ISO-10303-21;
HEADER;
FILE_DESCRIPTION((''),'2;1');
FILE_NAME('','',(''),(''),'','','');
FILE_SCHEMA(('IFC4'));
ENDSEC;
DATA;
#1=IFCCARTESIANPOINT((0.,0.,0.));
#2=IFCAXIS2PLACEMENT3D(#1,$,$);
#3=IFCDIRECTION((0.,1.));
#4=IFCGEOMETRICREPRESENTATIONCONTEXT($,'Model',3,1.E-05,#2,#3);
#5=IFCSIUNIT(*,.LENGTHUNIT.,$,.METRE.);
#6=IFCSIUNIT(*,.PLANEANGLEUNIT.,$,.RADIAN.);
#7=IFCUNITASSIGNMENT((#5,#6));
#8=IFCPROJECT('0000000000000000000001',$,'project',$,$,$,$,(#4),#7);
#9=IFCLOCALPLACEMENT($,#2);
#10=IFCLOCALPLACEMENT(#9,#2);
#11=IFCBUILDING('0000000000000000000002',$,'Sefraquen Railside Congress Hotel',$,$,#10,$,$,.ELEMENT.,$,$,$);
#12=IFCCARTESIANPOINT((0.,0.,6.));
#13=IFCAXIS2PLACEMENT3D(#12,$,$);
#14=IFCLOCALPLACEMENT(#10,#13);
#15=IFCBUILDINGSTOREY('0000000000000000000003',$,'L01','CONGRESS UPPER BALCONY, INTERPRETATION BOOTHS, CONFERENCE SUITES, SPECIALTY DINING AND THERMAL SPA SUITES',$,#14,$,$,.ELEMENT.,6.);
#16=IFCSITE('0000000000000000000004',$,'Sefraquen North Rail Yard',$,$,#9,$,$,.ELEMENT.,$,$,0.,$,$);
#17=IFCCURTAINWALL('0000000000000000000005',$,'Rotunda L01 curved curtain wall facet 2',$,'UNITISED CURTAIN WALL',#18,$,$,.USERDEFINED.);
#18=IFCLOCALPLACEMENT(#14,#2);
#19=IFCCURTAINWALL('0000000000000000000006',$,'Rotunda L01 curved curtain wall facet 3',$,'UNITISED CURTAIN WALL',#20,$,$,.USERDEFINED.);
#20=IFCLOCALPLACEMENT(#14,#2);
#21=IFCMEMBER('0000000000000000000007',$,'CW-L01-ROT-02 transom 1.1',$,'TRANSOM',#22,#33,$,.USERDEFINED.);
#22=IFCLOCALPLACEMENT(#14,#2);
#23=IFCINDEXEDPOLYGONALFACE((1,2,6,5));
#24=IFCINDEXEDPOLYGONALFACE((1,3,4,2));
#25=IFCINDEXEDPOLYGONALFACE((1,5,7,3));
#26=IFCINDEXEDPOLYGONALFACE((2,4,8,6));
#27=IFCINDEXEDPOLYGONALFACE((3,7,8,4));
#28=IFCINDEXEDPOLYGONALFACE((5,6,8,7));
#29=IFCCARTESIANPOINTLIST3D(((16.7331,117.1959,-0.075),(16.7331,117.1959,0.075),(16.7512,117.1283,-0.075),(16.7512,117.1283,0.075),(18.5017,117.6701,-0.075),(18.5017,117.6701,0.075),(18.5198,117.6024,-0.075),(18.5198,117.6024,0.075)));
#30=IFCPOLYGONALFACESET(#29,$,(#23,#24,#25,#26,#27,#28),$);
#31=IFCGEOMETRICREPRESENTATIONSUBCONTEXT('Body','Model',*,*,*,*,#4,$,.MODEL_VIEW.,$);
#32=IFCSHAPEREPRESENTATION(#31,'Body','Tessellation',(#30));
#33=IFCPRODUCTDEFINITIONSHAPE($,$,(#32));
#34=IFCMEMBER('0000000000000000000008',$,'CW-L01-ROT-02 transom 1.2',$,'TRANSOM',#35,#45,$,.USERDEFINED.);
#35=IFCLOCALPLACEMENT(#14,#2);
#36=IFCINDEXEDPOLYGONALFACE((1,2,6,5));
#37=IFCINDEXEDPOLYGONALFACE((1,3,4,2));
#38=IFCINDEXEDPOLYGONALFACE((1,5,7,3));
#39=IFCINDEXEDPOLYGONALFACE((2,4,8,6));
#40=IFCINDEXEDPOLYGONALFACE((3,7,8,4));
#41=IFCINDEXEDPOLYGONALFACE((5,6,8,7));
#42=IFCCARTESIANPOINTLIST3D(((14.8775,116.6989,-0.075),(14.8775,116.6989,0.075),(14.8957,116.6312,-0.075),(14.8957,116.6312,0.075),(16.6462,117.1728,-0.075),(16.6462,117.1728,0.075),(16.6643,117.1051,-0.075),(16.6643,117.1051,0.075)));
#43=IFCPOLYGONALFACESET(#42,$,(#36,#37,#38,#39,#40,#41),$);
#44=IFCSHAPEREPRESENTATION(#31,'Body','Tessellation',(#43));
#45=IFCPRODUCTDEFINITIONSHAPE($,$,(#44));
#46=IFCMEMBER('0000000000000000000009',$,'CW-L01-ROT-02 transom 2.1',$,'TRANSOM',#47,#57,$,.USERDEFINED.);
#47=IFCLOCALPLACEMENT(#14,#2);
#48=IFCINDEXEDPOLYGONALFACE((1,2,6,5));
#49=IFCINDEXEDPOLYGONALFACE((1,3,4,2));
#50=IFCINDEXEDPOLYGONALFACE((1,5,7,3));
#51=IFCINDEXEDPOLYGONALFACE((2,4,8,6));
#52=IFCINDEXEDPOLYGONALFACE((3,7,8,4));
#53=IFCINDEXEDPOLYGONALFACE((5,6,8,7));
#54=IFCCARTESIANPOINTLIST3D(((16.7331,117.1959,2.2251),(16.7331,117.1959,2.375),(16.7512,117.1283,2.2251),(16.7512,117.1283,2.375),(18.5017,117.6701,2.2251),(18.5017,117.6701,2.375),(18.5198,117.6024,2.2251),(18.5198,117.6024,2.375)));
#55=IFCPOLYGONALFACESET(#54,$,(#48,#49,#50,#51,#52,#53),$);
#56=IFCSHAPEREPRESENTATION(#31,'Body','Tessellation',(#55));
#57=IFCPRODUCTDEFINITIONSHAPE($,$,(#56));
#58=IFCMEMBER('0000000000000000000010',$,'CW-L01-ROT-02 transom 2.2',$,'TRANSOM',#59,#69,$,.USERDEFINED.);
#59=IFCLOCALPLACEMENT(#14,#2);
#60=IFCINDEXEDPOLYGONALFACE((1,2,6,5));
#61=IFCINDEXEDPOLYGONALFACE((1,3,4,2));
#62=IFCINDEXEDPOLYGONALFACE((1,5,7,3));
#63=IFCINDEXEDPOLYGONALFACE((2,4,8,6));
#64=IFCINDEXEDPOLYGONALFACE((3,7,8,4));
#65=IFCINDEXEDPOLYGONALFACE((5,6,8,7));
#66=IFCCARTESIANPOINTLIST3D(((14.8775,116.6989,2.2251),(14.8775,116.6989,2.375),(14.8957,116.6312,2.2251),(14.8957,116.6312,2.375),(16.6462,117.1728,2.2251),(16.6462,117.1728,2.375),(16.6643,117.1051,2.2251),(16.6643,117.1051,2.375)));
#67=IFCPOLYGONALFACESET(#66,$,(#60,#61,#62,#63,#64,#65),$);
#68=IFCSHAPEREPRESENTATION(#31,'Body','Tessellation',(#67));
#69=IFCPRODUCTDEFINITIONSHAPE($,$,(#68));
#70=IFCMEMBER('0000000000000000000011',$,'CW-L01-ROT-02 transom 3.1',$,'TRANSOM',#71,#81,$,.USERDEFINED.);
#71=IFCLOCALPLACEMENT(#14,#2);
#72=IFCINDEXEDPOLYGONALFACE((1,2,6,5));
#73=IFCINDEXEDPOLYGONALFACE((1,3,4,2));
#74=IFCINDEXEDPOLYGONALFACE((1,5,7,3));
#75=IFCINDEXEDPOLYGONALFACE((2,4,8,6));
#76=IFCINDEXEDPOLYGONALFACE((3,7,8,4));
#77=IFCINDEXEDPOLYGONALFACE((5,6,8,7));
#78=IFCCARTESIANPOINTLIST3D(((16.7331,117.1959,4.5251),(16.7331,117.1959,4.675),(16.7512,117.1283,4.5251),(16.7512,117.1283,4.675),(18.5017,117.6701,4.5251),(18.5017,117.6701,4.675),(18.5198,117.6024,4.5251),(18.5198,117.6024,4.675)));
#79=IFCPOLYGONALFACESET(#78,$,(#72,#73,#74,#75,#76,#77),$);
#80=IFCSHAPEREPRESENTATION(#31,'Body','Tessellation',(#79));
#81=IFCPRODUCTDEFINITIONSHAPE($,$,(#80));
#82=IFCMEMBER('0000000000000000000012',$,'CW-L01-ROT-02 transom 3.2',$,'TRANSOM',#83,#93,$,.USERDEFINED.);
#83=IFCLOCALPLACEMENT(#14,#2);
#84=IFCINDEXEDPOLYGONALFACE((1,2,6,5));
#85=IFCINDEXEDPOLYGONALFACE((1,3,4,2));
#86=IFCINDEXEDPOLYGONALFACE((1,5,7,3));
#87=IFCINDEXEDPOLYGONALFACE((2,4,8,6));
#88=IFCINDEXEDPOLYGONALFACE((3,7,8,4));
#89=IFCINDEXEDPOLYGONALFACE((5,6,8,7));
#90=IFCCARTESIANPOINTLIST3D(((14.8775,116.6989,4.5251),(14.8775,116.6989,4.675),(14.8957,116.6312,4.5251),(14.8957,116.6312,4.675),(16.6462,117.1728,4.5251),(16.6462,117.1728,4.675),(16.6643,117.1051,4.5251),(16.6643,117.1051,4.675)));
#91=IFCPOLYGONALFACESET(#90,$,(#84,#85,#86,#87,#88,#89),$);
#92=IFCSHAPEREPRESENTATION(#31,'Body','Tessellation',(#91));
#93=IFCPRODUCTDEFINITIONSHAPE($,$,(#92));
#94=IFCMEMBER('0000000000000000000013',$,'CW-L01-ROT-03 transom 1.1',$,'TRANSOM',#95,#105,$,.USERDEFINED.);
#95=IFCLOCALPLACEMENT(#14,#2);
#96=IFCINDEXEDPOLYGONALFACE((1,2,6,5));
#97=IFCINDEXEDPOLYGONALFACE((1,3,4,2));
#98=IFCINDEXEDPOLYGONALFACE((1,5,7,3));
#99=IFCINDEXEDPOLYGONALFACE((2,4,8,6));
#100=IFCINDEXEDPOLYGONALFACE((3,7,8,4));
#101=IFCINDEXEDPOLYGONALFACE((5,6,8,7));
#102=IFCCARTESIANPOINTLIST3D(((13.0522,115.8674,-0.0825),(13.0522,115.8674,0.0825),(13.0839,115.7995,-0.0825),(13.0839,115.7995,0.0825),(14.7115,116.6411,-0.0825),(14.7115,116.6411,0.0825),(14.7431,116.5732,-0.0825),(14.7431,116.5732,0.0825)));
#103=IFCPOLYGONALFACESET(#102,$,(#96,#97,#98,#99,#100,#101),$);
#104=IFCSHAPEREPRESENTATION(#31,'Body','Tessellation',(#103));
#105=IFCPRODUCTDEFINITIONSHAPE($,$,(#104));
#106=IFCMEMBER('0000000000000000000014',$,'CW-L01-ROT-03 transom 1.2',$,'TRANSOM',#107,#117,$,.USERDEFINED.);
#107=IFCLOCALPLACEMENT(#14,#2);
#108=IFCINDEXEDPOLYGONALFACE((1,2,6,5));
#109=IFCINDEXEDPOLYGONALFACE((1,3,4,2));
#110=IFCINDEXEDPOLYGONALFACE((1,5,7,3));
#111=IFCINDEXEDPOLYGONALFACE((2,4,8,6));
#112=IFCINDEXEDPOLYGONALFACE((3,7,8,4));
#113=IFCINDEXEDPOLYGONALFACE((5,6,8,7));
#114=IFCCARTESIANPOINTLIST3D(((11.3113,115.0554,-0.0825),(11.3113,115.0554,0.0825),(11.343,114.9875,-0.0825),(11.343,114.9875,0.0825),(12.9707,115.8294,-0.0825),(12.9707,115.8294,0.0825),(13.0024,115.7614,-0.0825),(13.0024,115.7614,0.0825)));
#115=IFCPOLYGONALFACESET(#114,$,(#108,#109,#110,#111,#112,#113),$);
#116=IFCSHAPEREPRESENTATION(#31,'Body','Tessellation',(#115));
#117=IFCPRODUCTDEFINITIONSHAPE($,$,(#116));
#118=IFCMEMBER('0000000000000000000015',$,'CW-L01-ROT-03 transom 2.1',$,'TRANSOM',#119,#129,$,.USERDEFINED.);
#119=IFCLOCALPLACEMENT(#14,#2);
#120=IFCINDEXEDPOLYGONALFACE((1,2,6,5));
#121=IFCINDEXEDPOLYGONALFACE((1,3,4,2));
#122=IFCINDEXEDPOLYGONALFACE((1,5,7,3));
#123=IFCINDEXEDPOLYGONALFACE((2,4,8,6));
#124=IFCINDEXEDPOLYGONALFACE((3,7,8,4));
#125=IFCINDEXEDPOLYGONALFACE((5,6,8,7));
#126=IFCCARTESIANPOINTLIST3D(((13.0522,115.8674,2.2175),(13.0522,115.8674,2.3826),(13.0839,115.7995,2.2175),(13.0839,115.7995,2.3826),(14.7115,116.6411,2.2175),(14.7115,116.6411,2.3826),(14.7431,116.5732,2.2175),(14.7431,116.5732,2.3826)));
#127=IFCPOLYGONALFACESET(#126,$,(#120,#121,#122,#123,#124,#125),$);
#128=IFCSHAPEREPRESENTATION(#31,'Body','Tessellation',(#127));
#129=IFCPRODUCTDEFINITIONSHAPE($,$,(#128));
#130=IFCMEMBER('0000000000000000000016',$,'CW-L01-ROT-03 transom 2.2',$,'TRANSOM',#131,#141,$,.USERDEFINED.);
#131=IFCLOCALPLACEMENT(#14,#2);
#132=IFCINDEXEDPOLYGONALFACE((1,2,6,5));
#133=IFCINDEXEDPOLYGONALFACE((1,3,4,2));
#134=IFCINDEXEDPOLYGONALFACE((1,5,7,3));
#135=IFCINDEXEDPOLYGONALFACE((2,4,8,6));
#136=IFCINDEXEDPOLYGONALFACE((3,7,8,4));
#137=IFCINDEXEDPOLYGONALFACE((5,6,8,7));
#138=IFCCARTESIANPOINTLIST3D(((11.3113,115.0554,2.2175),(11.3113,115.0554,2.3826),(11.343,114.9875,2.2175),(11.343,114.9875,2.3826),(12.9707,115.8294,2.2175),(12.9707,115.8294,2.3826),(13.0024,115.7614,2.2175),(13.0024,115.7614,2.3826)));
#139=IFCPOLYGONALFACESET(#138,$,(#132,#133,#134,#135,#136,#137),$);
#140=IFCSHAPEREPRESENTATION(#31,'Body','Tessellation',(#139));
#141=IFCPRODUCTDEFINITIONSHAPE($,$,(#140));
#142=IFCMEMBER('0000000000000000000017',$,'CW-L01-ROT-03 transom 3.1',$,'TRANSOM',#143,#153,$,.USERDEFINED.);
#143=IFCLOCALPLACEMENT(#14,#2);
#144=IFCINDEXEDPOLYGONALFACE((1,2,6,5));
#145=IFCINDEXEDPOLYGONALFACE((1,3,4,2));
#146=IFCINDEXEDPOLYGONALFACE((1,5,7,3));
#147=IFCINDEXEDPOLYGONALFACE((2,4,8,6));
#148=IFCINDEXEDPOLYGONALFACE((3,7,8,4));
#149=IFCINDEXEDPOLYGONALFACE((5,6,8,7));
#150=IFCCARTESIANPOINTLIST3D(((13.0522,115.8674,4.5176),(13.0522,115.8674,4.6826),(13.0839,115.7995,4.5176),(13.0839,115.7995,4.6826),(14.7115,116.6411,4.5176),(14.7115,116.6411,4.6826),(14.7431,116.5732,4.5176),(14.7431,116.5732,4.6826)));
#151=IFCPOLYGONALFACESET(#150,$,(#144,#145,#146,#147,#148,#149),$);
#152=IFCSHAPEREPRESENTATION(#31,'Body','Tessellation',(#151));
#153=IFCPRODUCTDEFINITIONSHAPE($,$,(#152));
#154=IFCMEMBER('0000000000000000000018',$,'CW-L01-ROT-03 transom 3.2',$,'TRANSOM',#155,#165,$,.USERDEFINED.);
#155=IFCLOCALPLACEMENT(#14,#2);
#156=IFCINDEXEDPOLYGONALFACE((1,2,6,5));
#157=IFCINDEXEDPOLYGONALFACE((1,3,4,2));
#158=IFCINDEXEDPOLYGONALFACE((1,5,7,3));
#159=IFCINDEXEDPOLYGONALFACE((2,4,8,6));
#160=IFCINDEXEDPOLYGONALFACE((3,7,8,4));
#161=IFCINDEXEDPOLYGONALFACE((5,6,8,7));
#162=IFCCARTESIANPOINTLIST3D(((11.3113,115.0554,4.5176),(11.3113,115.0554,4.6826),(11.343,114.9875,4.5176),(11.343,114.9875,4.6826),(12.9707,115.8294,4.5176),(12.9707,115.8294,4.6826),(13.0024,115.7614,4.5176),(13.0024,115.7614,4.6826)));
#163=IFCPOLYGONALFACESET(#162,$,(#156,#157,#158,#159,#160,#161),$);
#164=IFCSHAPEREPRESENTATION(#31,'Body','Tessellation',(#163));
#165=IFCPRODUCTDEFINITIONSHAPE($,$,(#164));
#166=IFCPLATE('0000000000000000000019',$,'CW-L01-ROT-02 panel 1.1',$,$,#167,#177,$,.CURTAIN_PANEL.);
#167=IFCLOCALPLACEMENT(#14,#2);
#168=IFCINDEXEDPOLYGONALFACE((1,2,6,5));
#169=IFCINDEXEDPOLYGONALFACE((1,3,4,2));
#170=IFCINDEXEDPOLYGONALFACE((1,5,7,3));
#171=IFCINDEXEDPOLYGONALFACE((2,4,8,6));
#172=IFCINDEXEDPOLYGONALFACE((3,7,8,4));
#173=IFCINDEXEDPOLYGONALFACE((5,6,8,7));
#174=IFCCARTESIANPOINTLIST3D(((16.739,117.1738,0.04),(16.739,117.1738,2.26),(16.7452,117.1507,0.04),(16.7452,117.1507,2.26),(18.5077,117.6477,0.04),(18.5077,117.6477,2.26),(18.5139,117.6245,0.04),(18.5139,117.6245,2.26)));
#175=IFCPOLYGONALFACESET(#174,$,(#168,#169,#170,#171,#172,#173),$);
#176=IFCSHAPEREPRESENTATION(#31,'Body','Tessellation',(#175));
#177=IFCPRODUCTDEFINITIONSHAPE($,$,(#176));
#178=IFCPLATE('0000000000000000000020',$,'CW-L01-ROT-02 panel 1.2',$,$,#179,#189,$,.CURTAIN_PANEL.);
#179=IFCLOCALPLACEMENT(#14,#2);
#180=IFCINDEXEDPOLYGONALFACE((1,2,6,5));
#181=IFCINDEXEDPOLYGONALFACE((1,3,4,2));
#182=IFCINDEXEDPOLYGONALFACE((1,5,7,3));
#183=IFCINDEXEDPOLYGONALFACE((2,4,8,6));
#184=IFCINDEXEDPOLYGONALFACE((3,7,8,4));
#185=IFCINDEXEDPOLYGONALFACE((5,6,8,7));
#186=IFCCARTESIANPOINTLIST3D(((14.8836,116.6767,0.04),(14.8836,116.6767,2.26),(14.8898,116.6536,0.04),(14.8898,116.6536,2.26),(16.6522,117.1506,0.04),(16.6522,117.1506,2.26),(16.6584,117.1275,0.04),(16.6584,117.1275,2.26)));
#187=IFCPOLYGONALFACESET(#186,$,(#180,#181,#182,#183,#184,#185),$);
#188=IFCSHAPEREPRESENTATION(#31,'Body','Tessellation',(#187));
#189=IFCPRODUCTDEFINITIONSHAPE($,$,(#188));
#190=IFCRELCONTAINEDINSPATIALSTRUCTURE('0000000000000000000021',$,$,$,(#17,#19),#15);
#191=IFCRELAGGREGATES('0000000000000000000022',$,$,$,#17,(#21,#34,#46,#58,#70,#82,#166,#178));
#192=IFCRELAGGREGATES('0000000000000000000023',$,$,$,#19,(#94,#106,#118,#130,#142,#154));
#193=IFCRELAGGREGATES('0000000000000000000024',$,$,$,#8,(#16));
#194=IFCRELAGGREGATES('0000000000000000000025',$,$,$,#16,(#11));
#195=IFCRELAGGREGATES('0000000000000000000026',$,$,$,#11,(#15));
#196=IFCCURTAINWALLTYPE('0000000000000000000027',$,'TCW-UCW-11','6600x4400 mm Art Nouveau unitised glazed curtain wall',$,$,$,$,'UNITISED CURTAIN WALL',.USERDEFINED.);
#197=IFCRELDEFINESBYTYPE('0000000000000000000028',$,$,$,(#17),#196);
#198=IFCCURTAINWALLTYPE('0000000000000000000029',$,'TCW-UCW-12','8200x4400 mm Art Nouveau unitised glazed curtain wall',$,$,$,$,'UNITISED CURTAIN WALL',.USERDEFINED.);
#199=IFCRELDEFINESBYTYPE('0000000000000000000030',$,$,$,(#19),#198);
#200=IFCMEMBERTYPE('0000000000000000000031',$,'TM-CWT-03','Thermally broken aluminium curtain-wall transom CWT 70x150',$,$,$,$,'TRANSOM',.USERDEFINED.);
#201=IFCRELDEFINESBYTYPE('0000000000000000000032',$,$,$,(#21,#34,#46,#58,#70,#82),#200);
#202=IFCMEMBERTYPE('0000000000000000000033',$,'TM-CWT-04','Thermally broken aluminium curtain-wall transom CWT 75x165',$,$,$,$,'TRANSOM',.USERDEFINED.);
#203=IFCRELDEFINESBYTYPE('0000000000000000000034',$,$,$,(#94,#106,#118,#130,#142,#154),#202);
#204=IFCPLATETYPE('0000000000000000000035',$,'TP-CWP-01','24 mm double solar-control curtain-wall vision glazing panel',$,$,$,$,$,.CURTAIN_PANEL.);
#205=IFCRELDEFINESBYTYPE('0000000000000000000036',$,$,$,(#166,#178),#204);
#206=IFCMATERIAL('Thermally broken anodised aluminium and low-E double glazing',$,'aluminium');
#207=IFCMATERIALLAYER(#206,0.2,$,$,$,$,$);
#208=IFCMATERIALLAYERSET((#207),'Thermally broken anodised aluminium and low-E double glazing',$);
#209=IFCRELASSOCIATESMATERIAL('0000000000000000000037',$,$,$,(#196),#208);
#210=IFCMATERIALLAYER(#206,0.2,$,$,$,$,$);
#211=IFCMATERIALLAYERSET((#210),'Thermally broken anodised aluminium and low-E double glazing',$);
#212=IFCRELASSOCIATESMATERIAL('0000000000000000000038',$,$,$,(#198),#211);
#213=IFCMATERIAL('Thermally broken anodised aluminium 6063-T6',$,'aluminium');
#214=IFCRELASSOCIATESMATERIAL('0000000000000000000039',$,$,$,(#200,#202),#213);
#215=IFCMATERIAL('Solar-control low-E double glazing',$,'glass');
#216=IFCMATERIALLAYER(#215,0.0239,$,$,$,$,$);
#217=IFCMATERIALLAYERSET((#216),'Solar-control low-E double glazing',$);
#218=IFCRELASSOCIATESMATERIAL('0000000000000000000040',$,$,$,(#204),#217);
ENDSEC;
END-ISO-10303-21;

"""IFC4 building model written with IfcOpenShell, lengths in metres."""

from ifc_helpers import new_model, si_unit, direction, frame, origin, origin_2d, place, context, subcontext, project, spatial, rectangle, extrude, material, layer, layer_set, material_profile, profile_set, type_object, element, aggregate, save


model = new_model("IFC4")

# Units and contexts
model_context = context("Model", 3, precision=1e-05, world=origin(), true_north=direction((0.0, 1.0)))
body_context = subcontext(model_context, "Body", "Model", "MODEL_VIEW")
ifc_project = project(units=[si_unit("LENGTHUNIT", "METRE"), si_unit("PLANEANGLEUNIT", "RADIAN")], contexts=[model_context])

# Site, building, storey
site_placement = place(None, origin())
site = spatial("IfcSite", under=ifc_project, at=site_placement, Name="Sefraquen North Rail Yard", CompositionType="ELEMENT", RefElevation=0.0)
building_placement = place(site_placement, origin())
building = spatial("IfcBuilding", under=site, at=building_placement, Name="Sefraquen Railside Congress Hotel", CompositionType="ELEMENT")
storey_placement = place(building_placement, frame((0.0, 0.0, 6.0)))
storey = spatial("IfcBuildingStorey", under=building, at=storey_placement, Name="L01", Description="CONGRESS UPPER BALCONY, INTERPRETATION BOOTHS, CONFERENCE SUITES, SPECIALTY DINING AND THERMAL SPA SUITES", CompositionType="ELEMENT", Elevation=6.0)

# Curtain walls
ifc_material_1 = material(Name="Thermally broken anodised aluminium and low-E double glazing", Category="aluminium")
ifc_layer_1 = layer(ifc_material_1, 0.2)
ifc_layer_set_1 = layer_set([ifc_layer_1], Name="Thermally broken anodised aluminium and low-E double glazing")
curtain_wall_type_1 = type_object("IfcCurtainWallType", Name="TCW-UCW-11", Description="6600x4400 mm Art Nouveau unitised glazed curtain wall", ElementType="UNITISED CURTAIN WALL", PredefinedType="USERDEFINED", material=ifc_layer_set_1)
curtain_wall_1_placement = place(storey_placement, origin())
curtain_wall_1 = element("IfcCurtainWall", 1, at=curtain_wall_1_placement, inside=storey, type_object=curtain_wall_type_1, Name="Rotunda L01 curved curtain wall facet 2", ObjectType="UNITISED CURTAIN WALL", PredefinedType="USERDEFINED")
ifc_material_2 = material(Name="Thermally broken anodised aluminium 6063-T6", Category="aluminium")
ifc_layer_2 = layer(ifc_material_1, 0.2)
ifc_layer_set_2 = layer_set([ifc_layer_2], Name="Thermally broken anodised aluminium and low-E double glazing")
curtain_wall_type_2 = type_object("IfcCurtainWallType", Name="TCW-UCW-12", Description="8200x4400 mm Art Nouveau unitised glazed curtain wall", ElementType="UNITISED CURTAIN WALL", PredefinedType="USERDEFINED", material=ifc_layer_set_2)
curtain_wall_2_placement = place(storey_placement, origin())
curtain_wall_2 = element("IfcCurtainWall", 2, at=curtain_wall_2_placement, inside=storey, type_object=curtain_wall_type_2, Name="Rotunda L01 curved curtain wall facet 3", ObjectType="UNITISED CURTAIN WALL", PredefinedType="USERDEFINED")

# Members
ifc_material_profile_1 = material_profile(ifc_material_2, rectangle(XDim=0.0701, YDim=0.1499, at=origin_2d()), Name="CWT 70x150")
ifc_profile_set_1 = profile_set([ifc_material_profile_1], Name="Thermally broken anodised aluminium 6063-T6")
member_type_1 = type_object("IfcMemberType", Name="TM-CWT-03", Description="Thermally broken aluminium curtain-wall transom CWT 70x150", ElementType="TRANSOM", PredefinedType="USERDEFINED", material=ifc_profile_set_1)
member_1_placement = place(storey_placement, frame((18.5107, 117.6362, 0.0), z_axis=(-0.965893, -0.25894, 0.0), x_axis=(0.25894, -0.965893, 0.0)))
member_1 = element("IfcMember", 3, at=member_1_placement, type_object=member_type_1, Name="CW-L01-ROT-02 transom 1.1", ObjectType="TRANSOM", PredefinedType="USERDEFINED", context=body_context, shape_type="SweptSolid", body=[
    extrude(rectangle(XDim=0.0701, YDim=0.1499, at=origin_2d()), origin(), (0.0, 0.0, 1.0), 1.8311),
])
member_2_placement = place(storey_placement, frame((16.6553, 117.1389, 0.0), z_axis=(-0.965927, -0.258816, 0.0), x_axis=(0.258816, -0.965927, 0.0)))
member_2 = element("IfcMember", 4, at=member_2_placement, type_object=member_type_1, Name="CW-L01-ROT-02 transom 1.2", ObjectType="TRANSOM", PredefinedType="USERDEFINED", context=body_context, shape_type="SweptSolid", body=[
    extrude(rectangle(XDim=0.0701, YDim=0.1499, at=origin_2d()), origin(), (0.0, 0.0, 1.0), 1.8311),
])
member_3_placement = place(storey_placement, frame((18.5107, 117.6362, 2.3), z_axis=(-0.965893, -0.25894, 0.0), x_axis=(0.25894, -0.965893, 0.0)))
member_3 = element("IfcMember", 5, at=member_3_placement, type_object=member_type_1, Name="CW-L01-ROT-02 transom 2.1", ObjectType="TRANSOM", PredefinedType="USERDEFINED", context=body_context, shape_type="SweptSolid", body=[
    extrude(rectangle(XDim=0.0701, YDim=0.1499, at=origin_2d()), origin(), (0.0, 0.0, 1.0), 1.8311),
])
member_4_placement = place(storey_placement, frame((16.6553, 117.1389, 2.3), z_axis=(-0.965927, -0.258816, 0.0), x_axis=(0.258816, -0.965927, 0.0)))
member_4 = element("IfcMember", 6, at=member_4_placement, type_object=member_type_1, Name="CW-L01-ROT-02 transom 2.2", ObjectType="TRANSOM", PredefinedType="USERDEFINED", context=body_context, shape_type="SweptSolid", body=[
    extrude(rectangle(XDim=0.0701, YDim=0.1499, at=origin_2d()), origin(), (0.0, 0.0, 1.0), 1.8311),
])
member_5_placement = place(storey_placement, frame((18.5107, 117.6362, 4.6001), z_axis=(-0.965893, -0.25894, 0.0), x_axis=(0.25894, -0.965893, 0.0)))
member_5 = element("IfcMember", 7, at=member_5_placement, type_object=member_type_1, Name="CW-L01-ROT-02 transom 3.1", ObjectType="TRANSOM", PredefinedType="USERDEFINED", context=body_context, shape_type="SweptSolid", body=[
    extrude(rectangle(XDim=0.0701, YDim=0.1499, at=origin_2d()), origin(), (0.0, 0.0, 1.0), 1.8311),
])
member_6_placement = place(storey_placement, frame((16.6553, 117.1389, 4.6001), z_axis=(-0.965927, -0.258816, 0.0), x_axis=(0.258816, -0.965927, 0.0)))
member_6 = element("IfcMember", 8, at=member_6_placement, type_object=member_type_1, Name="CW-L01-ROT-02 transom 3.2", ObjectType="TRANSOM", PredefinedType="USERDEFINED", context=body_context, shape_type="SweptSolid", body=[
    extrude(rectangle(XDim=0.0701, YDim=0.1499, at=origin_2d()), origin(), (0.0, 0.0, 1.0), 1.8311),
])
ifc_material_profile_2 = material_profile(ifc_material_2, rectangle(XDim=0.075, YDim=0.165, at=origin_2d()), Name="CWT 75x165")
ifc_profile_set_2 = profile_set([ifc_material_profile_2], Name="Thermally broken anodised aluminium 6063-T6")
member_type_2 = type_object("IfcMemberType", Name="TM-CWT-04", Description="Thermally broken aluminium curtain-wall transom CWT 75x165", ElementType="TRANSOM", PredefinedType="USERDEFINED", material=ifc_profile_set_2)
member_7_placement = place(storey_placement, frame((14.7273, 116.6072, 0.0), z_axis=(-0.906309, -0.422615, 0.0), x_axis=(0.422615, -0.906309, 0.0)))
member_7 = element("IfcMember", 9, at=member_7_placement, type_object=member_type_2, Name="CW-L01-ROT-03 transom 1.1", ObjectType="TRANSOM", PredefinedType="USERDEFINED", context=body_context, shape_type="SweptSolid", body=[
    extrude(rectangle(XDim=0.075, YDim=0.165, at=origin_2d()), origin(), (0.0, 0.0, 1.0), 1.8308),
])
member_8_placement = place(storey_placement, frame((12.9866, 115.7954, 0.0), z_axis=(-0.906282, -0.422674, 0.0), x_axis=(0.422674, -0.906282, 0.0)))
member_8 = element("IfcMember", 10, at=member_8_placement, type_object=member_type_2, Name="CW-L01-ROT-03 transom 1.2", ObjectType="TRANSOM", PredefinedType="USERDEFINED", context=body_context, shape_type="SweptSolid", body=[
    extrude(rectangle(XDim=0.075, YDim=0.165, at=origin_2d()), origin(), (0.0, 0.0, 1.0), 1.8311),
])
member_9_placement = place(storey_placement, frame((14.7273, 116.6072, 2.3), z_axis=(-0.906309, -0.422615, 0.0), x_axis=(0.422615, -0.906309, 0.0)))
member_9 = element("IfcMember", 11, at=member_9_placement, type_object=member_type_2, Name="CW-L01-ROT-03 transom 2.1", ObjectType="TRANSOM", PredefinedType="USERDEFINED", context=body_context, shape_type="SweptSolid", body=[
    extrude(rectangle(XDim=0.075, YDim=0.165, at=origin_2d()), origin(), (0.0, 0.0, 1.0), 1.8308),
])
member_10_placement = place(storey_placement, frame((12.9866, 115.7954, 2.3), z_axis=(-0.906282, -0.422674, 0.0), x_axis=(0.422674, -0.906282, 0.0)))
member_10 = element("IfcMember", 12, at=member_10_placement, type_object=member_type_2, Name="CW-L01-ROT-03 transom 2.2", ObjectType="TRANSOM", PredefinedType="USERDEFINED", context=body_context, shape_type="SweptSolid", body=[
    extrude(rectangle(XDim=0.075, YDim=0.165, at=origin_2d()), origin(), (0.0, 0.0, 1.0), 1.8311),
])
member_11_placement = place(storey_placement, frame((14.7273, 116.6072, 4.6001), z_axis=(-0.906309, -0.422615, 0.0), x_axis=(0.422615, -0.906309, 0.0)))
member_11 = element("IfcMember", 13, at=member_11_placement, type_object=member_type_2, Name="CW-L01-ROT-03 transom 3.1", ObjectType="TRANSOM", PredefinedType="USERDEFINED", context=body_context, shape_type="SweptSolid", body=[
    extrude(rectangle(XDim=0.075, YDim=0.165, at=origin_2d()), origin(), (0.0, 0.0, 1.0), 1.8308),
])
member_12_placement = place(storey_placement, frame((12.9866, 115.7954, 4.6001), z_axis=(-0.906282, -0.422674, 0.0), x_axis=(0.422674, -0.906282, 0.0)))
member_12 = element("IfcMember", 14, at=member_12_placement, type_object=member_type_2, Name="CW-L01-ROT-03 transom 3.2", ObjectType="TRANSOM", PredefinedType="USERDEFINED", context=body_context, shape_type="SweptSolid", body=[
    extrude(rectangle(XDim=0.075, YDim=0.165, at=origin_2d()), origin(), (0.0, 0.0, 1.0), 1.8311),
])

# Plates
ifc_material_3 = material(Name="Solar-control low-E double glazing", Category="glass")
ifc_layer_3 = layer(ifc_material_3, 0.0239)
ifc_layer_set_3 = layer_set([ifc_layer_3], Name="Solar-control low-E double glazing")
plate_type_1 = type_object("IfcPlateType", Name="TP-CWP-01", Description="24 mm double solar-control curtain-wall vision glazing panel", PredefinedType="CURTAIN_PANEL", material=ifc_layer_set_3)
plate_1_placement = place(storey_placement, frame((17.6265, 117.3992, 0.04), z_axis=(0.0, 0.0, 1.0), x_axis=(-0.965935, -0.258785, 0.0)))
plate_1 = element("IfcPlate", 15, at=plate_1_placement, type_object=plate_type_1, Name="CW-L01-ROT-02 panel 1.1", PredefinedType="CURTAIN_PANEL", context=body_context, shape_type="SweptSolid", body=[
    extrude(rectangle(XDim=1.8311, YDim=0.0239, at=origin_2d()), origin(), (0.0, 0.0, 1.0), 2.22),
])
plate_2_placement = place(storey_placement, frame((15.771, 116.9021, 0.04), z_axis=(0.0, 0.0, 1.0), x_axis=(-0.965935, -0.258785, 0.0)))
plate_2 = element("IfcPlate", 16, at=plate_2_placement, type_object=plate_type_1, Name="CW-L01-ROT-02 panel 1.2", PredefinedType="CURTAIN_PANEL", context=body_context, shape_type="SweptSolid", body=[
    extrude(rectangle(XDim=1.8311, YDim=0.0239, at=origin_2d()), origin(), (0.0, 0.0, 1.0), 2.22),
])
aggregate(curtain_wall_1, [member_1, member_2, member_3, member_4, member_5, member_6, plate_1, plate_2])
aggregate(curtain_wall_2, [member_7, member_8, member_9, member_10, member_11, member_12])

save(model, "model.ifc")
